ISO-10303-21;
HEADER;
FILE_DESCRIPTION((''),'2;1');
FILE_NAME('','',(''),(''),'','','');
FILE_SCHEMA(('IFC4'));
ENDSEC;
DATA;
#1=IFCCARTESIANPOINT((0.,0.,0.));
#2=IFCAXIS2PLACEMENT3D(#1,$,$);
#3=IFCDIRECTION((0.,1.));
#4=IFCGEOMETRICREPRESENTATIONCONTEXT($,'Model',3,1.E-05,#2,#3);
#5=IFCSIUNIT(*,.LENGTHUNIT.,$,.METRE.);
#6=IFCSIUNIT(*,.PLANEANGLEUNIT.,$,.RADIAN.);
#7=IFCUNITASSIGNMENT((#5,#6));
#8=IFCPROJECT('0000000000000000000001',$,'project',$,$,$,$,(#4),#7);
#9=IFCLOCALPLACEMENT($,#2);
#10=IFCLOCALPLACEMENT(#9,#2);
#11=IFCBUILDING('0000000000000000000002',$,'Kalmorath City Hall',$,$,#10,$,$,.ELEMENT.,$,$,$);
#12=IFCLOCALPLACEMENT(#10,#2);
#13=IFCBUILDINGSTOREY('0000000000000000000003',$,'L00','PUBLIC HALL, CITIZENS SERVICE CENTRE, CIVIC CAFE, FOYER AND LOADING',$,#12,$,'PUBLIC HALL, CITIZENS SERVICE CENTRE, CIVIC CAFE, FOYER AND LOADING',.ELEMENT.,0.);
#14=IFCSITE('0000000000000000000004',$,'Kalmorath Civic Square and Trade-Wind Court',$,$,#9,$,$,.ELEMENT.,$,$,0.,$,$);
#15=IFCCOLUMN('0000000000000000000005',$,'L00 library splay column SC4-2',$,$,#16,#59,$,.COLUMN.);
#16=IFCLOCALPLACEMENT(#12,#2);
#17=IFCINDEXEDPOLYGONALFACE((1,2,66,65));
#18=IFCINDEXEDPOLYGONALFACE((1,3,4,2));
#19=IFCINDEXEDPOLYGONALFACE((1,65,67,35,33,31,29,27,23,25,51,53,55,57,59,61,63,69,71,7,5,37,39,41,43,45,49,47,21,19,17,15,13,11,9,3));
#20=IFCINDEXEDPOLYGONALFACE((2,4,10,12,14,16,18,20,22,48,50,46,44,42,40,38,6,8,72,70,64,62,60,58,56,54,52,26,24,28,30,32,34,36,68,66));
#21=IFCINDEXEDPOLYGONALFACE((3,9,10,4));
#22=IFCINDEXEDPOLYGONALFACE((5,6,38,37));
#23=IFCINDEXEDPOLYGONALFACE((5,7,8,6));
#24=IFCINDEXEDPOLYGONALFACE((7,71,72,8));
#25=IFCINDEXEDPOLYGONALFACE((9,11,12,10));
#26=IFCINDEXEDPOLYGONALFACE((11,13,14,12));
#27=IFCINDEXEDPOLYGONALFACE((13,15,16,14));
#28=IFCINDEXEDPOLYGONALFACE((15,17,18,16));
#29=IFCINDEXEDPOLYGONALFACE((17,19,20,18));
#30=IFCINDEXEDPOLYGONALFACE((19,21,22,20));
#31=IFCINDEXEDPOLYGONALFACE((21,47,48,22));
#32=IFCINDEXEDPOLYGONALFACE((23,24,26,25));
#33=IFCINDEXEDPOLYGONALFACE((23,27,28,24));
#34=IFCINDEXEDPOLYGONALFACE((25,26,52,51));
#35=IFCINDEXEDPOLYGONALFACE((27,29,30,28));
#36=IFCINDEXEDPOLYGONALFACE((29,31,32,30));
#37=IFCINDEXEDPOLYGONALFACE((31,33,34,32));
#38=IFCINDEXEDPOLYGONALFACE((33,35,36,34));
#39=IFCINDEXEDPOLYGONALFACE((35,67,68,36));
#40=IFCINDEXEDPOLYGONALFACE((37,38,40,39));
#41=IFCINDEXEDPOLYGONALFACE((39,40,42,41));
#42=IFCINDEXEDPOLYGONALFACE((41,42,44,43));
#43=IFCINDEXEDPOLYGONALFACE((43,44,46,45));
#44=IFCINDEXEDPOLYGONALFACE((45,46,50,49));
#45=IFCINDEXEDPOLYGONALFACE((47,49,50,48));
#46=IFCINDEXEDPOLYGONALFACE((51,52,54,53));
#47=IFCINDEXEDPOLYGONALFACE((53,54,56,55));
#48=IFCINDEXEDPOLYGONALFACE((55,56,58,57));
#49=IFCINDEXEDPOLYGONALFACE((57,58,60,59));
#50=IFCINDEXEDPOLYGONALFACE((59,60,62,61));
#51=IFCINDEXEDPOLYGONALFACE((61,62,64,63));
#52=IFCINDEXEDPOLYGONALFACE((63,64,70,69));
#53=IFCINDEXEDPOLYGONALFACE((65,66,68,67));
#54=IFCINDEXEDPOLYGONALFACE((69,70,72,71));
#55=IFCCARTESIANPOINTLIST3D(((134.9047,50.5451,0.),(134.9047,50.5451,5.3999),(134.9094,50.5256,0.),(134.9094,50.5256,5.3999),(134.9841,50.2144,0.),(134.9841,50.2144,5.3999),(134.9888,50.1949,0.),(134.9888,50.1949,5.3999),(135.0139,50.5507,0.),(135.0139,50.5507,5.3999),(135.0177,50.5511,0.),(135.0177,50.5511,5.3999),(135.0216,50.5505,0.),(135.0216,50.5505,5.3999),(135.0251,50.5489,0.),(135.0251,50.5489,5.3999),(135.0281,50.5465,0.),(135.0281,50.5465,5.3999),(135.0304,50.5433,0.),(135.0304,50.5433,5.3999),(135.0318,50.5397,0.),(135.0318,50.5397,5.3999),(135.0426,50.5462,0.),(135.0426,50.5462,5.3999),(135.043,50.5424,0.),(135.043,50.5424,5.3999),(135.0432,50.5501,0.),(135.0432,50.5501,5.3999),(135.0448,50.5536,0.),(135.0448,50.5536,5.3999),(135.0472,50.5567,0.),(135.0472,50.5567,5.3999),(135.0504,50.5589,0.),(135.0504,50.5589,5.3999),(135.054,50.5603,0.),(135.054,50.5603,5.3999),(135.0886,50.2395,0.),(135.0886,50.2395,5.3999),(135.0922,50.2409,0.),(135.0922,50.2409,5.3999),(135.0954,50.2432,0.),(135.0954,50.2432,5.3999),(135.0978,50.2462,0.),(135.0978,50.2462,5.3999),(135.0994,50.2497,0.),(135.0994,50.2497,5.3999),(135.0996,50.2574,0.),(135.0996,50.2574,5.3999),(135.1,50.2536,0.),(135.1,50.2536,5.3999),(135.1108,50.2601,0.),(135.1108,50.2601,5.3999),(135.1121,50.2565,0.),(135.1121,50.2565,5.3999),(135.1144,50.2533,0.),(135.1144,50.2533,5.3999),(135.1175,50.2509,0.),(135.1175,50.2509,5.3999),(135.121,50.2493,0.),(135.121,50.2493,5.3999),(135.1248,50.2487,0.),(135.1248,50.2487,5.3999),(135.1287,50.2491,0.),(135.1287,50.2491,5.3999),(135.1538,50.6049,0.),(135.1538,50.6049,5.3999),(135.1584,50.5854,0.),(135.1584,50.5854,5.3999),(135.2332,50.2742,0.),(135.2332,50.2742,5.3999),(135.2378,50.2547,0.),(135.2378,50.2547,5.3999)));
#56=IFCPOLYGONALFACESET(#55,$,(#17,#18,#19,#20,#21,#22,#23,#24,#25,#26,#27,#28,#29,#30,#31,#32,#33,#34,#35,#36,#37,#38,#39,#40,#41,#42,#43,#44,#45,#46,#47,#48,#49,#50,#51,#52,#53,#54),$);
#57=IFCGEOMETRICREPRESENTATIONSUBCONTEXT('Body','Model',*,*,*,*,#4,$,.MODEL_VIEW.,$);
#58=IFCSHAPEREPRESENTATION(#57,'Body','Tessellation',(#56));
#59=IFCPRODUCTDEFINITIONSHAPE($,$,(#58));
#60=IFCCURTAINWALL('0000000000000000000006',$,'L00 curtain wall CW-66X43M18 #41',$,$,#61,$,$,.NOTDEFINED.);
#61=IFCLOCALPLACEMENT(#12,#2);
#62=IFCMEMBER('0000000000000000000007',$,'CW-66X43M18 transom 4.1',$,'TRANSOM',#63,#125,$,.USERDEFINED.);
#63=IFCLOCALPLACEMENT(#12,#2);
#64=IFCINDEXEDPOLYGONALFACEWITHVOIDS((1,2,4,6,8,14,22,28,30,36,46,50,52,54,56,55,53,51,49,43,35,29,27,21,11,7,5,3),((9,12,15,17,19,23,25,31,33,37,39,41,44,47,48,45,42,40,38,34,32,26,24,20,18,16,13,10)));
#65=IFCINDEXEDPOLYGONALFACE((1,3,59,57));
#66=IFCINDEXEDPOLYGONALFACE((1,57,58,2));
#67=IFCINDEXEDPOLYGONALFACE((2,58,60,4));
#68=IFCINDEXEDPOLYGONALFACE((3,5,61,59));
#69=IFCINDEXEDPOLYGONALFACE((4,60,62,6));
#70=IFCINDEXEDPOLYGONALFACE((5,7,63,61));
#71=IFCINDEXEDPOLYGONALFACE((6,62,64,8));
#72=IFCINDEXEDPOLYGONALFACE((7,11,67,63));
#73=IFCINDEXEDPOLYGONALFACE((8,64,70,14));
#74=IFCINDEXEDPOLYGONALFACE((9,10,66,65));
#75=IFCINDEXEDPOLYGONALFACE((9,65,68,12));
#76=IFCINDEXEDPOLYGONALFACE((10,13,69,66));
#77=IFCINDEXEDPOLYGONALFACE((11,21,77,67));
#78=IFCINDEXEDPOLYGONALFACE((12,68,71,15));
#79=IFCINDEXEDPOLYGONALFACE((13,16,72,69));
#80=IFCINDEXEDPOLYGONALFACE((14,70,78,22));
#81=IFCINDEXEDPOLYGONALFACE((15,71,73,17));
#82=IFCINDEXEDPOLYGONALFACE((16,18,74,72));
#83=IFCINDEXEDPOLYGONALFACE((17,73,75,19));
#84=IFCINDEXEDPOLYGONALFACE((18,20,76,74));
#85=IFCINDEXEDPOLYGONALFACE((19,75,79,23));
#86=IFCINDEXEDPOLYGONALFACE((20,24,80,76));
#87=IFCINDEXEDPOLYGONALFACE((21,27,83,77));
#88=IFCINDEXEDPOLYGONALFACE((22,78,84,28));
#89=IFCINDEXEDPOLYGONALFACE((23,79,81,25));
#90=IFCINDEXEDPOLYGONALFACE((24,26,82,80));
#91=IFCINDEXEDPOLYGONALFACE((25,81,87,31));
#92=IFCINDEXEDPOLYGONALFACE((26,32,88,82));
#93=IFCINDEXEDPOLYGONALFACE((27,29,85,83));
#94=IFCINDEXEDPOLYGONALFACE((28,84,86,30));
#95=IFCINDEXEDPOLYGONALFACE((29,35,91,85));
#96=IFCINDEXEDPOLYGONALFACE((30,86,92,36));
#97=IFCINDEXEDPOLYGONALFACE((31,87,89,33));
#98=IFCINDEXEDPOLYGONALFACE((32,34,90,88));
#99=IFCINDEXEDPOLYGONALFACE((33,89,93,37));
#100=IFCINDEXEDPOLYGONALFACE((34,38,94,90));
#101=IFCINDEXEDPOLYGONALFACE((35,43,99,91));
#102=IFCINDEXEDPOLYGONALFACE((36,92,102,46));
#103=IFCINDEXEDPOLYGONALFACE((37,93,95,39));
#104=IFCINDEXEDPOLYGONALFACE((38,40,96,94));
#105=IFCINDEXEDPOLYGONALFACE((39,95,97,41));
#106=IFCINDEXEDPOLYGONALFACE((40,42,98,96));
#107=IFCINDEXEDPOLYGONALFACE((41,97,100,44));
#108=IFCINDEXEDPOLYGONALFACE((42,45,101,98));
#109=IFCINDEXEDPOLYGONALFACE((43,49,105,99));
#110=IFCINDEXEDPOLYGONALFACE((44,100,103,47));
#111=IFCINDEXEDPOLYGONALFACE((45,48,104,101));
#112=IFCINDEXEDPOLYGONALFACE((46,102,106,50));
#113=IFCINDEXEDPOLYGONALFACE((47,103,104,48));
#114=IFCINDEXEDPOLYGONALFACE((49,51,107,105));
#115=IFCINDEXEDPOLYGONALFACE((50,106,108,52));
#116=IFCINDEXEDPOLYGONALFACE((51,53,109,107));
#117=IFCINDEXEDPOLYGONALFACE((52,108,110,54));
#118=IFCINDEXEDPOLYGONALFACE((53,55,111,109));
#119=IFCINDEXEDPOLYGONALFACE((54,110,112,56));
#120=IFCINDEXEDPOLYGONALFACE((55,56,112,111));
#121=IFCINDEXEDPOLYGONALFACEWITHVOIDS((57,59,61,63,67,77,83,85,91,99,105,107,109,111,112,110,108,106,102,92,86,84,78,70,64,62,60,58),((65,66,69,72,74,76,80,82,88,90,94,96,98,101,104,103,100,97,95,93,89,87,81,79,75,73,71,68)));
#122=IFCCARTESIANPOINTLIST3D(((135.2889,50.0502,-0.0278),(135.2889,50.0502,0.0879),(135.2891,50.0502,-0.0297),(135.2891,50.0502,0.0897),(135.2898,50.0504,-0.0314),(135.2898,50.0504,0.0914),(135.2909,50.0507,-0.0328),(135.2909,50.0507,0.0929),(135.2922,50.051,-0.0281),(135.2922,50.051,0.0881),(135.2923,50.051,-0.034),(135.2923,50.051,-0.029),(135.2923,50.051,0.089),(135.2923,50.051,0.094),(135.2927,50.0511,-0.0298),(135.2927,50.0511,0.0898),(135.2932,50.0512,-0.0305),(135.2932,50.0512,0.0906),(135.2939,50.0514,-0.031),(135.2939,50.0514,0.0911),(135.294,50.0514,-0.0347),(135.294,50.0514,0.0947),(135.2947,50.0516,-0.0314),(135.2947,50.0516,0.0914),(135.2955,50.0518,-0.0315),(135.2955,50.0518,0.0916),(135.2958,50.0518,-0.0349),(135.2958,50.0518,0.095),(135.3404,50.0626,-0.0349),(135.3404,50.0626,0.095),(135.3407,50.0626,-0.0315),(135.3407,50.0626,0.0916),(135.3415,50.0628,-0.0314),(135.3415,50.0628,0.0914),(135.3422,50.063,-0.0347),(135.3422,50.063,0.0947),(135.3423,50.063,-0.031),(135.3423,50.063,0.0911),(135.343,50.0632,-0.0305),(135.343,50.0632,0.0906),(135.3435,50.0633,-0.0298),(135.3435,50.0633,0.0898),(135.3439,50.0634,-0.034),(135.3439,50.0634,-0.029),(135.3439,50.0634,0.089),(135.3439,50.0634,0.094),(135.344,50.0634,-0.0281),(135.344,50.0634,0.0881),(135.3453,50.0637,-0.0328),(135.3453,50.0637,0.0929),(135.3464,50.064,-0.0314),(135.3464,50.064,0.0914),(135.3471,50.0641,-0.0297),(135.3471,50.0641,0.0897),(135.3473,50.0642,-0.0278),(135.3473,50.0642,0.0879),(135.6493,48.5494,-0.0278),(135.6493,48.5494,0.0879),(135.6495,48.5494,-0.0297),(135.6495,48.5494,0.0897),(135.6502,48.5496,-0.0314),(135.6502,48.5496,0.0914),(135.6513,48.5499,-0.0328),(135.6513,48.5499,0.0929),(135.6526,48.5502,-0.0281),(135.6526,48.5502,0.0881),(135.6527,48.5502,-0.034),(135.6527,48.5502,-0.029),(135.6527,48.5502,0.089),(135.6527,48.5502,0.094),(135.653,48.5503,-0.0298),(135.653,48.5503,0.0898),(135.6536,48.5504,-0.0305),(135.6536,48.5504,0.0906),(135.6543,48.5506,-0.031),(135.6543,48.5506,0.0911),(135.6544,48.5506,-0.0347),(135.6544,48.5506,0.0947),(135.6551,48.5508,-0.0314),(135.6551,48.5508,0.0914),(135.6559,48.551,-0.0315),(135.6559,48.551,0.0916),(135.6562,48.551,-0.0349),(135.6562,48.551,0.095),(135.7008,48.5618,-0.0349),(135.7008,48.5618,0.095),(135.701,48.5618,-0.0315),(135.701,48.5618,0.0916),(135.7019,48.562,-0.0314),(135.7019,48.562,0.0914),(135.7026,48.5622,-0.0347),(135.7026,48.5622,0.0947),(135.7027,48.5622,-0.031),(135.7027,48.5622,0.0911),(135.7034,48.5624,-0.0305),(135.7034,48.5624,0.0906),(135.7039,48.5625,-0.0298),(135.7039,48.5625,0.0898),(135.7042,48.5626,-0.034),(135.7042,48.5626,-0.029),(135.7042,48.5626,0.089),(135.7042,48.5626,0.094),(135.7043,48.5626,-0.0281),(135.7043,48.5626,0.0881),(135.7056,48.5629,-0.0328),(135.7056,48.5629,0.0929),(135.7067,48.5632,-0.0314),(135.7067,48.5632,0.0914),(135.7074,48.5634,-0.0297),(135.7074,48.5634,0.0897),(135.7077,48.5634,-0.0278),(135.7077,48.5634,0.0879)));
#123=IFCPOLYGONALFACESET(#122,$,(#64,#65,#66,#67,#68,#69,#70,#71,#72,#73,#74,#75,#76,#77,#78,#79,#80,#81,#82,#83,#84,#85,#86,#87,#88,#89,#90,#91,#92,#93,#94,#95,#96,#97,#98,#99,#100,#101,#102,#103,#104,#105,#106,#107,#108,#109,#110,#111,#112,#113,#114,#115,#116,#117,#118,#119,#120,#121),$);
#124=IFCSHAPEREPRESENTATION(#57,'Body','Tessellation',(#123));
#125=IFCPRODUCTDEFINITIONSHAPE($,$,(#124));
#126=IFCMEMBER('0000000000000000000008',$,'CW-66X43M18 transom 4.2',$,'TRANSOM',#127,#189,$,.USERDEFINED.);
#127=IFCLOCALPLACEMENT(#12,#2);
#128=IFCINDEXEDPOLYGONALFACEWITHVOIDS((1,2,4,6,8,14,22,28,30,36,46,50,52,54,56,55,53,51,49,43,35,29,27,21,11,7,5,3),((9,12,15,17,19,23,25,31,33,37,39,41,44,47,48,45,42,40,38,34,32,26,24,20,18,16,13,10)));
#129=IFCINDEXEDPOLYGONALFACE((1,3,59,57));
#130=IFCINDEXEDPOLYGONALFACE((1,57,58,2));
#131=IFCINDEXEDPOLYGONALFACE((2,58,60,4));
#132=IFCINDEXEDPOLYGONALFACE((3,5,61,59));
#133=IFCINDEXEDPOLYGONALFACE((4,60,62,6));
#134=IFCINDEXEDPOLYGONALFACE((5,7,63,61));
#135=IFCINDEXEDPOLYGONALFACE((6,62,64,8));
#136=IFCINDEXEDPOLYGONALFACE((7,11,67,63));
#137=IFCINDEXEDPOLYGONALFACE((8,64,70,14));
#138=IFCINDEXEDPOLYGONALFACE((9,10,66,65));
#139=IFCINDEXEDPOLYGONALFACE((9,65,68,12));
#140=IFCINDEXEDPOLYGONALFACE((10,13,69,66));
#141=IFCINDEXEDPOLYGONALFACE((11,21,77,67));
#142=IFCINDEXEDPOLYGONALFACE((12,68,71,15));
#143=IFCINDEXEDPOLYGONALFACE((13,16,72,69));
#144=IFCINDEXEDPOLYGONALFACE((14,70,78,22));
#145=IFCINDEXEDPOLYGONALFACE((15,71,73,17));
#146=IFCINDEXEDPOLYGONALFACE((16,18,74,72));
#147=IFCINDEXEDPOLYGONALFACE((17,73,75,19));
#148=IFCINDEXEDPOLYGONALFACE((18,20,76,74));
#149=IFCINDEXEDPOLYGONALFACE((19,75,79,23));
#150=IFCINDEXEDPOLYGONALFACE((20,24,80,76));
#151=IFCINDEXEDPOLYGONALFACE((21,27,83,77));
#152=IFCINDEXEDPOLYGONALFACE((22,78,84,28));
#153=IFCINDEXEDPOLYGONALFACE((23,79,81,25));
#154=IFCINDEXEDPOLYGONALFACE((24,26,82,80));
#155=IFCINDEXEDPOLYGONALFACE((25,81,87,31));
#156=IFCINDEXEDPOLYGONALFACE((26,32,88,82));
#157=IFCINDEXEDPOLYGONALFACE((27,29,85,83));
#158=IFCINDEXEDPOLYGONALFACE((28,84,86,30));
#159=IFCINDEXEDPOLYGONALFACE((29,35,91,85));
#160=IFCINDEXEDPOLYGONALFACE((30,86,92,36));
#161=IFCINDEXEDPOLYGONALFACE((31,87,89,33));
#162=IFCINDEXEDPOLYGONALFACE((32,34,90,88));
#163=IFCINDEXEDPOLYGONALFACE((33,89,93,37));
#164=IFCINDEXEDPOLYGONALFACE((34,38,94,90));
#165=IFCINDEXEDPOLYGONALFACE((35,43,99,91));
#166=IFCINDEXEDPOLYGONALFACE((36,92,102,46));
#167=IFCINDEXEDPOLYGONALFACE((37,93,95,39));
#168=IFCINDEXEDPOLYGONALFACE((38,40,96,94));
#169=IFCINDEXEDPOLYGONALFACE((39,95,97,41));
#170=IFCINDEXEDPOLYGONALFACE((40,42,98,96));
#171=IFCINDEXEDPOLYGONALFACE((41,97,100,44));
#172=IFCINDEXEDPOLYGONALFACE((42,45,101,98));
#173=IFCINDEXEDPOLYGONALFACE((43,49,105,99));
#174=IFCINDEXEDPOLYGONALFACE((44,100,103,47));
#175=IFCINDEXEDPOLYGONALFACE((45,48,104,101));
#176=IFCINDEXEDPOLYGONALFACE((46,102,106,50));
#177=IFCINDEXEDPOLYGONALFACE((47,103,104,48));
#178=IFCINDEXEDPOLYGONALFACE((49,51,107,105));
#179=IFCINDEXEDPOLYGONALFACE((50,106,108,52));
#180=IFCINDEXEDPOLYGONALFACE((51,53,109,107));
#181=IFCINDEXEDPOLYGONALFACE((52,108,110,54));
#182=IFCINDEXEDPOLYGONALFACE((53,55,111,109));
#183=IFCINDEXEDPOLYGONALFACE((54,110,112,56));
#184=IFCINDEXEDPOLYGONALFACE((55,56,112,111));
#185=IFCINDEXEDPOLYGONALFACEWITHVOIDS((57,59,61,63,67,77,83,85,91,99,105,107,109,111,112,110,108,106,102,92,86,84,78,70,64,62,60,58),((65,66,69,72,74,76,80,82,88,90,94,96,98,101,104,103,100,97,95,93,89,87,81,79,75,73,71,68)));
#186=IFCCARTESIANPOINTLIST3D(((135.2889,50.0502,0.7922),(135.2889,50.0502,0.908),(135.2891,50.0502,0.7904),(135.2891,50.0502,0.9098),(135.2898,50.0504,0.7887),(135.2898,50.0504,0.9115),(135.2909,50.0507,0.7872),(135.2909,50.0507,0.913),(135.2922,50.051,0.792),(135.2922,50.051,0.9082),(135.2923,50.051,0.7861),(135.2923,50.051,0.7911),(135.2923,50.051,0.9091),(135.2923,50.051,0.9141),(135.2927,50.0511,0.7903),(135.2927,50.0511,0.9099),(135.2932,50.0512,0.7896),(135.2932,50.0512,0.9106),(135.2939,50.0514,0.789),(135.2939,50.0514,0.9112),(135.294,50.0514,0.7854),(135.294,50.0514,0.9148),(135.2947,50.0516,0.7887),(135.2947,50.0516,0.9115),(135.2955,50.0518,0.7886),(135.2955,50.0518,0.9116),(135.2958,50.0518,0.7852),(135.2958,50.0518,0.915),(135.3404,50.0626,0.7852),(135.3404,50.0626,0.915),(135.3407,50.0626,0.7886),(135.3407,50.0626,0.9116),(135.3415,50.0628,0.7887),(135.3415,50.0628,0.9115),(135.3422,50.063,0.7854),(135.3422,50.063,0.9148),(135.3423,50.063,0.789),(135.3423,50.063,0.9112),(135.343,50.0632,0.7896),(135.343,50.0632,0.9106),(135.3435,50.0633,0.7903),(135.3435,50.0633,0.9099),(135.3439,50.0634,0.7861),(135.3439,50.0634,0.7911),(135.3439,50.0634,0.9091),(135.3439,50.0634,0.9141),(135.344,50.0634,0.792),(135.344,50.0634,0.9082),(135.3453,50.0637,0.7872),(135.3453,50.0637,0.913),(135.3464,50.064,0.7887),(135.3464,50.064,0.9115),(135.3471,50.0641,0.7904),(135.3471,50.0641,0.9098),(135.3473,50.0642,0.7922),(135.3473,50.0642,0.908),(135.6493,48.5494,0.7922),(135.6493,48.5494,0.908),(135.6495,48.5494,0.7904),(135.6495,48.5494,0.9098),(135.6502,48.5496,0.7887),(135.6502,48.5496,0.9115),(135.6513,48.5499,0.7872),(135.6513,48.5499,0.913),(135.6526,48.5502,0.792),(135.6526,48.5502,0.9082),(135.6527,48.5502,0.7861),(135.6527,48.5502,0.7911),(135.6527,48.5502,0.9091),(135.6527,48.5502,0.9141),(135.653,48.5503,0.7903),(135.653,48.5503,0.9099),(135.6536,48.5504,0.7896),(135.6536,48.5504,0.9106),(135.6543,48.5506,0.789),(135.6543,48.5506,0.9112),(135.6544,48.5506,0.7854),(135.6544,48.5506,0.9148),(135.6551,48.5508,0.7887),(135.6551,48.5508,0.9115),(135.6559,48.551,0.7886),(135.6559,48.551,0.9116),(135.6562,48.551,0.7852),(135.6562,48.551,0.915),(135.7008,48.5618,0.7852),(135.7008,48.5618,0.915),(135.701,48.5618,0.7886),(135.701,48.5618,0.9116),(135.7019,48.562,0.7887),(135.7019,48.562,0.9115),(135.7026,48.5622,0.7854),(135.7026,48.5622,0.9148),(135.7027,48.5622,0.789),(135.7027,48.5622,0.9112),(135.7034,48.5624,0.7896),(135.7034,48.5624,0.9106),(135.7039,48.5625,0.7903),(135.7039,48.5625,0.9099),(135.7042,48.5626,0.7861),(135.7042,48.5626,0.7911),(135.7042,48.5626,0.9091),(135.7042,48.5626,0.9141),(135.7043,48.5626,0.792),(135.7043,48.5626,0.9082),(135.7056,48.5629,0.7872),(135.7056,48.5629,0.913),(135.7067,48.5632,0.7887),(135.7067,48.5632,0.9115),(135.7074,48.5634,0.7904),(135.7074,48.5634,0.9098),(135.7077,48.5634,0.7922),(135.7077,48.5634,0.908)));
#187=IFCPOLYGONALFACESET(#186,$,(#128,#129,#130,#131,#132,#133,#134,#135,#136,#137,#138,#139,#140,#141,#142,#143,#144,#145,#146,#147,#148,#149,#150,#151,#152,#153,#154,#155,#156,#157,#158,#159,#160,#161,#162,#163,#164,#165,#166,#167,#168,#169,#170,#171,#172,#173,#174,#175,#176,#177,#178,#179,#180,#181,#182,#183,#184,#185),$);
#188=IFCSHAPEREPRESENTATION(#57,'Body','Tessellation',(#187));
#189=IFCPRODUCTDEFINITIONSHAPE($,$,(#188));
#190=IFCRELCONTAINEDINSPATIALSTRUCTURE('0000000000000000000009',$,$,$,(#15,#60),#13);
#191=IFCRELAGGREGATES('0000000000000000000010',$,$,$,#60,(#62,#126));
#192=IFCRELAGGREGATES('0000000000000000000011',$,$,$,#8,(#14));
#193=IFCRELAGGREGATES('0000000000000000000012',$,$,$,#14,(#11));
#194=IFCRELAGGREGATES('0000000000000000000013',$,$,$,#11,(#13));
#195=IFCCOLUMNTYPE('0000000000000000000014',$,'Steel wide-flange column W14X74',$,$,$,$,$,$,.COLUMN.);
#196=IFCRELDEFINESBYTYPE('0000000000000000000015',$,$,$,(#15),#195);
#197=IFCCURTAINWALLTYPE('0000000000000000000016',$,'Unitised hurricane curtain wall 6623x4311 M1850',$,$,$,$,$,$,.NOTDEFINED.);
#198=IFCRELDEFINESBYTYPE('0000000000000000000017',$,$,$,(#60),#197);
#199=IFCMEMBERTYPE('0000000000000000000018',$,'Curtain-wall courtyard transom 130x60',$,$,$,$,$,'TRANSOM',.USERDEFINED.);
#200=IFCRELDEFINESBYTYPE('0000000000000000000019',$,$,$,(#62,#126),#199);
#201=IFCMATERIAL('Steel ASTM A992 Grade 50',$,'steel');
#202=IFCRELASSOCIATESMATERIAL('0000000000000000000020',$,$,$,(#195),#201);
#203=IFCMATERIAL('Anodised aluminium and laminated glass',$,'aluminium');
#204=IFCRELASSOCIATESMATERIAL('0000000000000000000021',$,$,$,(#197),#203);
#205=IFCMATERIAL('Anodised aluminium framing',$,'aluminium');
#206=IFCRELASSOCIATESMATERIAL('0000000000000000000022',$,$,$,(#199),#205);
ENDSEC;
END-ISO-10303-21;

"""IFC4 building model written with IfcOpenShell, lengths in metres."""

from ifc_helpers import new_model, si_unit, direction, frame, origin, origin_2d, place, context, subcontext, project, spatial, hollow_rectangle, i_section, extrude, material, material_profile, profile_set, type_object, element, aggregate, save


model = new_model("IFC4")

# Units and contexts
model_context = context("Model", 3, precision=1e-05, world=origin(), true_north=direction((0.0, 1.0)))
body_context = subcontext(model_context, "Body", "Model", "MODEL_VIEW")
ifc_project = project(units=[si_unit("LENGTHUNIT", "METRE"), si_unit("PLANEANGLEUNIT", "RADIAN")], contexts=[model_context])

# Site, building, storey
site_placement = place(None, origin())
site = spatial("IfcSite", under=ifc_project, at=site_placement, Name="Kalmorath Civic Square and Trade-Wind Court", CompositionType="ELEMENT", RefElevation=0.0)
building_placement = place(site_placement, origin())
building = spatial("IfcBuilding", under=site, at=building_placement, Name="Kalmorath City Hall", CompositionType="ELEMENT")
storey_placement = place(building_placement, origin())
storey = spatial("IfcBuildingStorey", under=building, at=storey_placement, Name="L00", Description="PUBLIC HALL, CITIZENS SERVICE CENTRE, CIVIC CAFE, FOYER AND LOADING", LongName="PUBLIC HALL, CITIZENS SERVICE CENTRE, CIVIC CAFE, FOYER AND LOADING", CompositionType="ELEMENT", Elevation=0.0)

# Column
ifc_material_1 = material(Name="Steel ASTM A992 Grade 50", Category="steel")
ifc_material_profile_1 = material_profile(ifc_material_1, i_section(OverallWidth=0.2561, OverallDepth=0.3601, WebThickness=0.0115, FlangeThickness=0.02, FilletRadius=0.0149, at=origin_2d()), Name="W14X74")
ifc_profile_set_1 = profile_set([ifc_material_profile_1], Name="Steel ASTM A992 Grade 50")
column_type = type_object("IfcColumnType", Name="Steel wide-flange column W14X74", PredefinedType="COLUMN", material=ifc_profile_set_1)
column_placement = place(storey_placement, frame((135.0713, 50.3999, 0.0), z_axis=(0.0, 0.0, 1.0), x_axis=(0.97237, 0.233445, 0.0)))
element("IfcColumn", 1, at=column_placement, inside=storey, type_object=column_type, Name="L00 library splay column SC4-2", PredefinedType="COLUMN", context=body_context, shape_type="SweptSolid", body=[
    extrude(i_section(OverallWidth=0.2561, OverallDepth=0.3601, WebThickness=0.0115, FlangeThickness=0.02, FilletRadius=0.0149, at=origin_2d()), origin(), (0.0, 0.0, 1.0), 5.3999),
])

# Curtain wall, members
ifc_material_2 = material(Name="Anodised aluminium and laminated glass", Category="aluminium")
curtain_wall_type_1 = type_object("IfcCurtainWallType", Name="Unitised hurricane curtain wall 6623x4311 M1850", PredefinedType="NOTDEFINED", material=ifc_material_2)
curtain_wall_1_placement = place(storey_placement, origin())
curtain_wall_1 = element("IfcCurtainWall", 2, at=curtain_wall_1_placement, inside=storey, type_object=curtain_wall_type_1, Name="L00 curtain wall CW-66X43M18 #41", PredefinedType="NOTDEFINED")
ifc_material_3 = material(Name="Anodised aluminium framing", Category="aluminium")
ifc_material_profile_2 = material_profile(ifc_material_3, hollow_rectangle(XDim=0.0601, YDim=0.1299, WallThickness=0.0034, InnerFilletRadius=0.0034, OuterFilletRadius=0.0071, at=origin_2d()), Name="ALU-TRN-130X60X3.5")
ifc_profile_set_2 = profile_set([ifc_material_profile_2], Name="Anodised aluminium framing")
member_type_1 = type_object("IfcMemberType", Name="Curtain-wall courtyard transom 130x60", ElementType="TRANSOM", PredefinedType="USERDEFINED", material=ifc_profile_set_2)
member_1_placement = place(storey_placement, frame((135.6785, 48.5564, 0.03), z_axis=(-0.233481, 0.972361, 0.0), x_axis=(-0.972361, -0.233481, 0.0)))
member_1 = element("IfcMember", 3, at=member_1_placement, type_object=member_type_1, Name="CW-66X43M18 transom 4.1", ObjectType="TRANSOM", PredefinedType="USERDEFINED", context=body_context, shape_type="SweptSolid", body=[
    extrude(hollow_rectangle(XDim=0.0601, YDim=0.1299, WallThickness=0.0034, InnerFilletRadius=0.0034, OuterFilletRadius=0.0071, at=origin_2d()), origin(), (0.0, 0.0, 1.0), 1.5435),
])
member_2_placement = place(storey_placement, frame((135.6785, 48.5564, 0.8501), z_axis=(-0.233481, 0.972361, 0.0), x_axis=(-0.972361, -0.233481, 0.0)))
member_2 = element("IfcMember", 4, at=member_2_placement, type_object=member_type_1, Name="CW-66X43M18 transom 4.2", ObjectType="TRANSOM", PredefinedType="USERDEFINED", context=body_context, shape_type="SweptSolid", body=[
    extrude(hollow_rectangle(XDim=0.0601, YDim=0.1299, WallThickness=0.0034, InnerFilletRadius=0.0034, OuterFilletRadius=0.0071, at=origin_2d()), origin(), (0.0, 0.0, 1.0), 1.5435),
])

aggregate(curtain_wall_1, [member_1, member_2])

save(model, "model.ifc")
